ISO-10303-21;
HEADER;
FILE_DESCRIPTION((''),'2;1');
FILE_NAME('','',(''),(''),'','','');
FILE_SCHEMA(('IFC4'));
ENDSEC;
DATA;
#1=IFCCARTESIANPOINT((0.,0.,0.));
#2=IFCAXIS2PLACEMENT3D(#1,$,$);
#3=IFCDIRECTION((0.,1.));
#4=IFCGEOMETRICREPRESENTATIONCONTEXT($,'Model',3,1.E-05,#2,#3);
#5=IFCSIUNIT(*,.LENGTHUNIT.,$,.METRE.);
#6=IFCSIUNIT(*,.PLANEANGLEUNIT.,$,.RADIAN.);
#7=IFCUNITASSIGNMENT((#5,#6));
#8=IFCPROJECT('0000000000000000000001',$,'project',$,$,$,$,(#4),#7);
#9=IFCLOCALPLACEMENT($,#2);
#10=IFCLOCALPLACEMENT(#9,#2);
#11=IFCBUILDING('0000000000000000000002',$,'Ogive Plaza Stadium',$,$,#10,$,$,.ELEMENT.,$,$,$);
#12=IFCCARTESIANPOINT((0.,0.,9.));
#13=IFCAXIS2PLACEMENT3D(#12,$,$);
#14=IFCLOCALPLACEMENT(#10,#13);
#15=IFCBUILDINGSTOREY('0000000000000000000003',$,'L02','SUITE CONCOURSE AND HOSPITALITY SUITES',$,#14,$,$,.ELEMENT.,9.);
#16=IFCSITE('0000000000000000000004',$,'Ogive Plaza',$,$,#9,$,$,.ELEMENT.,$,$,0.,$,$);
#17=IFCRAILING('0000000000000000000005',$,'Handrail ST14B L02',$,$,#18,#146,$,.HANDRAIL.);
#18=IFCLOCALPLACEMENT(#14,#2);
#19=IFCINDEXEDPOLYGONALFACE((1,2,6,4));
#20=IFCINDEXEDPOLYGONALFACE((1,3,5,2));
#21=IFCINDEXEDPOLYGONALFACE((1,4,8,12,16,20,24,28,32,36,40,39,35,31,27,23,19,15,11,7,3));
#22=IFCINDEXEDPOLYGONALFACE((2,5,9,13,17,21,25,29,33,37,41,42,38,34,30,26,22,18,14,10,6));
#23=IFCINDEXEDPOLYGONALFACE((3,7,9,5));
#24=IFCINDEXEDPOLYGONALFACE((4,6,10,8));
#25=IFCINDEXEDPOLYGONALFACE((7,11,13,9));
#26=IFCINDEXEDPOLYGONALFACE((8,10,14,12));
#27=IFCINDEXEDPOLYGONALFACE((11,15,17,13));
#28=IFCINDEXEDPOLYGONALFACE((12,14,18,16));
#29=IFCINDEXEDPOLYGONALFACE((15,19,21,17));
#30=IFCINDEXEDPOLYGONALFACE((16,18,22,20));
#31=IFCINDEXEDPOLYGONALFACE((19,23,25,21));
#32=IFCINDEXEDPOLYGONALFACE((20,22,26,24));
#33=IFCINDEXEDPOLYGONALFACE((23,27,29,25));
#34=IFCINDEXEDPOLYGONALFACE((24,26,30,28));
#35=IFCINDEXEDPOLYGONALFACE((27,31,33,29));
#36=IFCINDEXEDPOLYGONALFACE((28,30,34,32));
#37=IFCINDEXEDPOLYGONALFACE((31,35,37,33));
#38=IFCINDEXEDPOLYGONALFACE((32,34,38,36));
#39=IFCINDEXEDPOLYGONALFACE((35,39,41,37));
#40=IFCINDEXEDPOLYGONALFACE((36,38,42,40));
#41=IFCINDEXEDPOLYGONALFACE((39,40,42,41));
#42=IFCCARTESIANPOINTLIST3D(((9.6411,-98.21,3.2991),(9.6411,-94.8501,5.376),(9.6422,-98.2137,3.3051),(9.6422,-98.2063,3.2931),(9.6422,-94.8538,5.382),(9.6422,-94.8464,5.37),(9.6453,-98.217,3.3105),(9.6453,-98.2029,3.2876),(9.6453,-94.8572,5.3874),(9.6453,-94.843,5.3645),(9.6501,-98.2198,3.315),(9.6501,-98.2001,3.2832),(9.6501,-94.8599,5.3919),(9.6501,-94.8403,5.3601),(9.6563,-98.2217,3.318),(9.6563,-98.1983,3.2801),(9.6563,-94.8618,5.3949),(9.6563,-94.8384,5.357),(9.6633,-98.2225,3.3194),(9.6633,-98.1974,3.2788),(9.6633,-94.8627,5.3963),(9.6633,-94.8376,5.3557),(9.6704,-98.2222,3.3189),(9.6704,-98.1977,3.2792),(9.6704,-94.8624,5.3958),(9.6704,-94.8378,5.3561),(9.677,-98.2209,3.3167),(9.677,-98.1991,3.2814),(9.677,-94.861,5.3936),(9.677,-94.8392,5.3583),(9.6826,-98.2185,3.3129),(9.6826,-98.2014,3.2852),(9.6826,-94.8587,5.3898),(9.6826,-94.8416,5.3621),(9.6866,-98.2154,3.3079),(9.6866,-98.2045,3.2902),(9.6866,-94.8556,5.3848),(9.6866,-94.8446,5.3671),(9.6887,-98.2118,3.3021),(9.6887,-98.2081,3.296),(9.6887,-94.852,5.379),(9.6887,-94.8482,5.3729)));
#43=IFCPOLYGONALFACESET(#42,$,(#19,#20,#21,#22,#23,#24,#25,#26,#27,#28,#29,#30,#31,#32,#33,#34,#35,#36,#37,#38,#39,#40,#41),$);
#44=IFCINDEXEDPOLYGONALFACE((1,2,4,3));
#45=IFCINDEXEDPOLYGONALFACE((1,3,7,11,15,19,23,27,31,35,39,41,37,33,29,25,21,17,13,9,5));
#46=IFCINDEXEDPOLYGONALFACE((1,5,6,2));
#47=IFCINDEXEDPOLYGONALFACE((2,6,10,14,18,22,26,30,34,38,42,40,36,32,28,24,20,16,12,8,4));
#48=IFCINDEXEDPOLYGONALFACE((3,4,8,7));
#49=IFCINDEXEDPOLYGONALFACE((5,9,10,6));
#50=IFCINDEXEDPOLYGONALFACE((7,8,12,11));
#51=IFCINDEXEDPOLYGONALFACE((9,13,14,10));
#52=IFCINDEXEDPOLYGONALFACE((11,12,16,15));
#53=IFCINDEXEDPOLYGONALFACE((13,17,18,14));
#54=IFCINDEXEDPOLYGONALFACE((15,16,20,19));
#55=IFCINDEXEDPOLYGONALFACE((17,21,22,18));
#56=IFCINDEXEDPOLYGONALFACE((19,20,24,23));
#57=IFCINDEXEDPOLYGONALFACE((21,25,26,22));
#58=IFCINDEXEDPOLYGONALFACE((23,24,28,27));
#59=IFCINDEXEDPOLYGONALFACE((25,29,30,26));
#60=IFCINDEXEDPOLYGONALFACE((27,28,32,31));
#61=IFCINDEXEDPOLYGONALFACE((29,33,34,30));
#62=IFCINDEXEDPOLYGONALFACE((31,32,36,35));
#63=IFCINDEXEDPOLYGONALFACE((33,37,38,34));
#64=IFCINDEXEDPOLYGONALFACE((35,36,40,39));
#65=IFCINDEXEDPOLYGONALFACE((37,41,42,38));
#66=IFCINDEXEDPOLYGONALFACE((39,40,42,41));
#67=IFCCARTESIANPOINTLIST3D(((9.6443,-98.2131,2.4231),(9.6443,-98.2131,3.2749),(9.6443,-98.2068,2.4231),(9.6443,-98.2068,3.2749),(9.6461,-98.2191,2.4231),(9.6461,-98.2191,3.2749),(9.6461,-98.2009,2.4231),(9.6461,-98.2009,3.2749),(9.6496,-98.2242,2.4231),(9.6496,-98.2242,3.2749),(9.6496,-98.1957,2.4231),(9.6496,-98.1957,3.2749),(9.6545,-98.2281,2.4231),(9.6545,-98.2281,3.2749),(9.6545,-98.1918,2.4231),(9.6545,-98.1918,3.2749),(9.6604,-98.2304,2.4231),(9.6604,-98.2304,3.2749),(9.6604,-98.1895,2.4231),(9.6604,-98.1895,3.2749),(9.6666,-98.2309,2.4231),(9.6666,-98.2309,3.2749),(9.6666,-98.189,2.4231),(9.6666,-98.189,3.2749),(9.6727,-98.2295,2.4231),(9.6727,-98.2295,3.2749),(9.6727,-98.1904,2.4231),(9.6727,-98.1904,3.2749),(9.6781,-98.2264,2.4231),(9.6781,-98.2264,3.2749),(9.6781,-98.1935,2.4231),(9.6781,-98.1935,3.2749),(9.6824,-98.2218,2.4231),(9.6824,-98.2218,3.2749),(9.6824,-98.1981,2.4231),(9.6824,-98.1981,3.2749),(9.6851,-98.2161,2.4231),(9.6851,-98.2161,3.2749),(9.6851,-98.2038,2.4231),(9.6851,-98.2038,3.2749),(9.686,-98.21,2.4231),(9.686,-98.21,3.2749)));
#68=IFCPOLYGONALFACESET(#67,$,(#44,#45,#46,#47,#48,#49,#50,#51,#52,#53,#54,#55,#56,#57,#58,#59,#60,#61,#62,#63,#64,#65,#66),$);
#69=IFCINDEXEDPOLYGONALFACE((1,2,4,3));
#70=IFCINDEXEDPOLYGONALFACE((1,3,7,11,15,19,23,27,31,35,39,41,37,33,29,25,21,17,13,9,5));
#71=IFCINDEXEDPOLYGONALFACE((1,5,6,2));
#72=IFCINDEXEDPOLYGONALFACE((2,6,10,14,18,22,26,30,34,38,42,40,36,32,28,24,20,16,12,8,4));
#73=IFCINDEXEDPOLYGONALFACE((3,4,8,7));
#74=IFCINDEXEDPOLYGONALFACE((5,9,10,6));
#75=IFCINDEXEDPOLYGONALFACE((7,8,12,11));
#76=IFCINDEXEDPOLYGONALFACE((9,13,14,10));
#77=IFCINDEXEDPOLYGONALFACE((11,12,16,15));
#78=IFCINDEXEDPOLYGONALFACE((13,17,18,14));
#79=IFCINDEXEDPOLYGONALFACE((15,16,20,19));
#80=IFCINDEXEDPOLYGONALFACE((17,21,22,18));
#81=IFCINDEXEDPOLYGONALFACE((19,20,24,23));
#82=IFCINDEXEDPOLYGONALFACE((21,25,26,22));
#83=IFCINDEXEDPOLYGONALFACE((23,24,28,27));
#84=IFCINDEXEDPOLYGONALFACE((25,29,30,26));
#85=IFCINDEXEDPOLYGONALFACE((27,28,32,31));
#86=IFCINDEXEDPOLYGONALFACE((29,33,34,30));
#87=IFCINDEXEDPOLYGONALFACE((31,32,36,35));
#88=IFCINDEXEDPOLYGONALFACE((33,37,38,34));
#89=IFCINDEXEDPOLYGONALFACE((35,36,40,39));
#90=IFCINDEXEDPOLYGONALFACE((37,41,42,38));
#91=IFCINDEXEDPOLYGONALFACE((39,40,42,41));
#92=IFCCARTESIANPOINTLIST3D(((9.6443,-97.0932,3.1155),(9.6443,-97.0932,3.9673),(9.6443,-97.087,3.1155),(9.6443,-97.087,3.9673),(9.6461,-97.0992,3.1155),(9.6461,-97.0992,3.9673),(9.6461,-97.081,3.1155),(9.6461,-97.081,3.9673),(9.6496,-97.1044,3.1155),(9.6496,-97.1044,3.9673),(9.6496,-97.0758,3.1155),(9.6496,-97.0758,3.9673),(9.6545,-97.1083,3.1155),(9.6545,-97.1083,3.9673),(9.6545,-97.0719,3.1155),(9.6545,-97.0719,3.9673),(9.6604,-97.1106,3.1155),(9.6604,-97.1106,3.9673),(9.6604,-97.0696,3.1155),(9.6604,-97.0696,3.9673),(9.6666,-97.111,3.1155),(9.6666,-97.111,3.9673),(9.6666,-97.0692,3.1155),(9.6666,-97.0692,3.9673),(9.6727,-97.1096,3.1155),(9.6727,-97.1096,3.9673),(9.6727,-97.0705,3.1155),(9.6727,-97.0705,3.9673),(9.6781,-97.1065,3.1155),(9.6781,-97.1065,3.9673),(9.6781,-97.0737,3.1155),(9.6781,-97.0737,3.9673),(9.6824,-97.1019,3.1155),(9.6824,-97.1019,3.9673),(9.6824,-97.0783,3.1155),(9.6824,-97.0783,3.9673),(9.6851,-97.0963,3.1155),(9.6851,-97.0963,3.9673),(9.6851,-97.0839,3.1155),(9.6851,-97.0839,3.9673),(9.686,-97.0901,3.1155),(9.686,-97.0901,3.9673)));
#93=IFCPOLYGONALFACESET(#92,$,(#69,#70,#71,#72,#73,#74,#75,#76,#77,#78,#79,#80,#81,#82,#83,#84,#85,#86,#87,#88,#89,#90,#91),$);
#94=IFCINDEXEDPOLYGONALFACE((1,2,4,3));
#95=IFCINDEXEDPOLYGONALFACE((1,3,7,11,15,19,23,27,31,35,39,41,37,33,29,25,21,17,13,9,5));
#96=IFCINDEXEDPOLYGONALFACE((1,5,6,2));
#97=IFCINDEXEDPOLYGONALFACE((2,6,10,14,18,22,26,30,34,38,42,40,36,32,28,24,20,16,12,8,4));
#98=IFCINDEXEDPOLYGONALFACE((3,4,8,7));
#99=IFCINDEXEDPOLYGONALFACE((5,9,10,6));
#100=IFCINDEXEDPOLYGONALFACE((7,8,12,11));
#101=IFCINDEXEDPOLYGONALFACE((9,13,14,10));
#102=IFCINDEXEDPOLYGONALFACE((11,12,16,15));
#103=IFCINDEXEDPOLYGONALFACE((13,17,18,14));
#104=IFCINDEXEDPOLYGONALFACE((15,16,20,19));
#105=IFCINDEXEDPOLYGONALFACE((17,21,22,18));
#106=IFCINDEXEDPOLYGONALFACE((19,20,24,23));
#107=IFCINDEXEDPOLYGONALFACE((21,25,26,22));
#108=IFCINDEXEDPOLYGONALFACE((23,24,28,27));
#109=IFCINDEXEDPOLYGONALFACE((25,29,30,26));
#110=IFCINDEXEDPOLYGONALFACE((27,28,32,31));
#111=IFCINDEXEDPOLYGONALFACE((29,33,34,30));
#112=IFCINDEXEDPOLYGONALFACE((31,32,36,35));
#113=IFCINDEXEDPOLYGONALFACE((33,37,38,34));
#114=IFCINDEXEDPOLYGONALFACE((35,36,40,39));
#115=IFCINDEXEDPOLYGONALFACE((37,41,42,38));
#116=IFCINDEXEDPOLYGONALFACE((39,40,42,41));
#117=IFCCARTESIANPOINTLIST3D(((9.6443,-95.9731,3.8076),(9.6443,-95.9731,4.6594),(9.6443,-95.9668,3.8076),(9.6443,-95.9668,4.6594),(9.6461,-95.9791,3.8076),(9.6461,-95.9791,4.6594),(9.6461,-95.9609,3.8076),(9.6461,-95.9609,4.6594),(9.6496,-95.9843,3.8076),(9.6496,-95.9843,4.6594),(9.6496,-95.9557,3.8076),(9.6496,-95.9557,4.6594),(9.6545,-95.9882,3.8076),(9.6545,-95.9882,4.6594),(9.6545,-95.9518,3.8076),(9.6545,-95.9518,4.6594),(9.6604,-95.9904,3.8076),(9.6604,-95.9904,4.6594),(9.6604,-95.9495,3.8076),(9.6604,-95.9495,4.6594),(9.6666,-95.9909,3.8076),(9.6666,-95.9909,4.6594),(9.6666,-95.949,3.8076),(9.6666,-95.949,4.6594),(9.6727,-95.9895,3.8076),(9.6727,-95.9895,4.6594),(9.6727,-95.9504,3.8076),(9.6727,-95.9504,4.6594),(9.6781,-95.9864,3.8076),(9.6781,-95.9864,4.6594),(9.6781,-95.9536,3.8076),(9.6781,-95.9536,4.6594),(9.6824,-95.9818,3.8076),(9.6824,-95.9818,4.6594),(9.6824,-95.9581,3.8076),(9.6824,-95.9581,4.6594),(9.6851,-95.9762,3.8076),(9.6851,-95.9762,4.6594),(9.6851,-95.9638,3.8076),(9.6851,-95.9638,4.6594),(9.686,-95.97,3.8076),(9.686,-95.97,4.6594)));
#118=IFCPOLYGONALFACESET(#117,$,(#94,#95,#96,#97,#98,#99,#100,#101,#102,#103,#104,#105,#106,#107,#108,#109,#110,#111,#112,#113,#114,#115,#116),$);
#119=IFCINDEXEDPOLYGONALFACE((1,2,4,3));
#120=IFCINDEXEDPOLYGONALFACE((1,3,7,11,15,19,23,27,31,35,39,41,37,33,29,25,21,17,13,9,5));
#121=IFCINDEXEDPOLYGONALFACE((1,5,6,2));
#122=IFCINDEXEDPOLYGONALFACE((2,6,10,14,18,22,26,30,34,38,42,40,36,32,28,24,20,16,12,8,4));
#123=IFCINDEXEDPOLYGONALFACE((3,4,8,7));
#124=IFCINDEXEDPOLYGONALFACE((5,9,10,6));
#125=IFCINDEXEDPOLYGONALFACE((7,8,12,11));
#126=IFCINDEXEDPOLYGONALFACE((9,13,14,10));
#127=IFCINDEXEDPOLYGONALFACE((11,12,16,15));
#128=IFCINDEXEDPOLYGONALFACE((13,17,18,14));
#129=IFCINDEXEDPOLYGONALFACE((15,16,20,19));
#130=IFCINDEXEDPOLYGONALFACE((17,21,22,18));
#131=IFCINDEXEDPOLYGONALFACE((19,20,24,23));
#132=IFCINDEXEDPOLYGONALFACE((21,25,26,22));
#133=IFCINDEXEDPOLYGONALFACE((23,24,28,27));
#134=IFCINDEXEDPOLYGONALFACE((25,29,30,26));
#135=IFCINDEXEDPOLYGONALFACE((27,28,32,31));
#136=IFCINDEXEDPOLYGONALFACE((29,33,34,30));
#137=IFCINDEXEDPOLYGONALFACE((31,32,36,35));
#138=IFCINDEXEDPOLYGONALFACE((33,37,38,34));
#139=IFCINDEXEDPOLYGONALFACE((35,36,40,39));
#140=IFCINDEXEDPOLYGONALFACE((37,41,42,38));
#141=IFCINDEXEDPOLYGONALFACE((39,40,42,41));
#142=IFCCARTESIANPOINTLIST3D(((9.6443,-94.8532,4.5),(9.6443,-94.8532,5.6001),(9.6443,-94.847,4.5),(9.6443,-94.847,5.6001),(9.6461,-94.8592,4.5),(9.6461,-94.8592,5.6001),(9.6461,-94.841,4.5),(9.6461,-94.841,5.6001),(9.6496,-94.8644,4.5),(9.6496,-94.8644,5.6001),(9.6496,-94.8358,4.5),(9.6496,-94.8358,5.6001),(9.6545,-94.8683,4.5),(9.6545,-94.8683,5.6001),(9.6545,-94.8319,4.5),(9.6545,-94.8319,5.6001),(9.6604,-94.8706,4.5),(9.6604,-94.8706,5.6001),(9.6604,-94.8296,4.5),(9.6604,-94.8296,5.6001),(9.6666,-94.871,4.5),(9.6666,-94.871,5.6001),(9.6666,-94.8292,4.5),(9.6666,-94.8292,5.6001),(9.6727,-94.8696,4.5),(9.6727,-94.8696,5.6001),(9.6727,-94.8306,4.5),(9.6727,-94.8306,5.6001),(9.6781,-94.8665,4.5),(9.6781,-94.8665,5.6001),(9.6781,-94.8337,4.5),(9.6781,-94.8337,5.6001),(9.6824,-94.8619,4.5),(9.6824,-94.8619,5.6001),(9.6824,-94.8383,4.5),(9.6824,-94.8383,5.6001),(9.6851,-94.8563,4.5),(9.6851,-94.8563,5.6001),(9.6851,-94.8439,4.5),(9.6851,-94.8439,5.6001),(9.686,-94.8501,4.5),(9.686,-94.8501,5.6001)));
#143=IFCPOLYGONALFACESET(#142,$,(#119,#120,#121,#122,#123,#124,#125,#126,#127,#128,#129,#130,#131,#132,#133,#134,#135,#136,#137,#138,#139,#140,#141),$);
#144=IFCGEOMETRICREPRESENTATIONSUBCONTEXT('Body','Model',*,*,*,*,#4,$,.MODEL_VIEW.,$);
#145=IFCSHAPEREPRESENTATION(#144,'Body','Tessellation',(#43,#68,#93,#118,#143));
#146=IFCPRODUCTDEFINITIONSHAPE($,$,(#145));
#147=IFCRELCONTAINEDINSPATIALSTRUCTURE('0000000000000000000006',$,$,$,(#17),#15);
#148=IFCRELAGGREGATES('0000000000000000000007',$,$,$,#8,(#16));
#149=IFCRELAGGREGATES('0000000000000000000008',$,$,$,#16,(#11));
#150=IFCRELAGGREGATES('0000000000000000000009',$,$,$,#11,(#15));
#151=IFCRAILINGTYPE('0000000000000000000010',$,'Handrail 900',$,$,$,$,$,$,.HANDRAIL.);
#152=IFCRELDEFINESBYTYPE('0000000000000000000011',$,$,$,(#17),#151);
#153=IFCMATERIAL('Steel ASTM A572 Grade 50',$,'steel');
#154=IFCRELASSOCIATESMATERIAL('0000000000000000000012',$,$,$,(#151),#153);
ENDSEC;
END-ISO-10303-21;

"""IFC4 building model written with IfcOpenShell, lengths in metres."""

from ifc_helpers import new_model, si_unit, direction, frame, origin, origin_2d, place, context, subcontext, project, spatial, circle, extrude, material, type_object, element, save


model = new_model("IFC4")

# Units and contexts
model_context = context("Model", 3, precision=1e-05, world=origin(), true_north=direction((0.0, 1.0)))
body_context = subcontext(model_context, "Body", "Model", "MODEL_VIEW")
ifc_project = project(units=[si_unit("LENGTHUNIT", "METRE"), si_unit("PLANEANGLEUNIT", "RADIAN")], contexts=[model_context])

# Site, building, storey
site_placement = place(None, origin())
site = spatial("IfcSite", under=ifc_project, at=site_placement, Name="Ogive Plaza", CompositionType="ELEMENT", RefElevation=0.0)
building_placement = place(site_placement, origin())
building = spatial("IfcBuilding", under=site, at=building_placement, Name="Ogive Plaza Stadium", CompositionType="ELEMENT")
storey_placement = place(building_placement, frame((0.0, 0.0, 9.0)))
storey = spatial("IfcBuildingStorey", under=building, at=storey_placement, Name="L02", Description="SUITE CONCOURSE AND HOSPITALITY SUITES", CompositionType="ELEMENT", Elevation=9.0)

# Railing
ifc_material_1 = material(Name="Steel ASTM A572 Grade 50", Category="steel")
railing_type_1 = type_object("IfcRailingType", Name="Handrail 900", PredefinedType="HANDRAIL", material=ifc_material_1)
for number, where, name in (
    (1, (9.665, -98.21, 2.4231), "Handrail ST14B L02"),
):
    element("IfcRailing", number, at=place(storey_placement, frame(where)), inside=storey, type_object=railing_type_1, Name=name, PredefinedType="HANDRAIL", context=body_context, shape_type="SweptSolid", body=[
        extrude(circle(Radius=0.0239, at=origin_2d()), frame((0.0, 0.0, 0.876), z_axis=(0.0, 0.850606, 0.525803), x_axis=(-1.0, 0.0, 0.0)), (0.0, 0.0, 1.0), 3.95),
        extrude(circle(Radius=0.021, at=origin_2d()), origin(), (0.0, 0.0, 1.0), 0.8518),
        extrude(circle(Radius=0.021, at=origin_2d()), frame((0.0, 1.1199, 0.6924)), (0.0, 0.0, 1.0), 0.8518),
        extrude(circle(Radius=0.021, at=origin_2d()), frame((0.0, 2.24, 1.3845)), (0.0, 0.0, 1.0), 0.8518),
        extrude(circle(Radius=0.021, at=origin_2d()), frame((0.0, 3.3599, 2.0769)), (0.0, 0.0, 1.0), 1.1001),
    ])

save(model, "model.ifc")
